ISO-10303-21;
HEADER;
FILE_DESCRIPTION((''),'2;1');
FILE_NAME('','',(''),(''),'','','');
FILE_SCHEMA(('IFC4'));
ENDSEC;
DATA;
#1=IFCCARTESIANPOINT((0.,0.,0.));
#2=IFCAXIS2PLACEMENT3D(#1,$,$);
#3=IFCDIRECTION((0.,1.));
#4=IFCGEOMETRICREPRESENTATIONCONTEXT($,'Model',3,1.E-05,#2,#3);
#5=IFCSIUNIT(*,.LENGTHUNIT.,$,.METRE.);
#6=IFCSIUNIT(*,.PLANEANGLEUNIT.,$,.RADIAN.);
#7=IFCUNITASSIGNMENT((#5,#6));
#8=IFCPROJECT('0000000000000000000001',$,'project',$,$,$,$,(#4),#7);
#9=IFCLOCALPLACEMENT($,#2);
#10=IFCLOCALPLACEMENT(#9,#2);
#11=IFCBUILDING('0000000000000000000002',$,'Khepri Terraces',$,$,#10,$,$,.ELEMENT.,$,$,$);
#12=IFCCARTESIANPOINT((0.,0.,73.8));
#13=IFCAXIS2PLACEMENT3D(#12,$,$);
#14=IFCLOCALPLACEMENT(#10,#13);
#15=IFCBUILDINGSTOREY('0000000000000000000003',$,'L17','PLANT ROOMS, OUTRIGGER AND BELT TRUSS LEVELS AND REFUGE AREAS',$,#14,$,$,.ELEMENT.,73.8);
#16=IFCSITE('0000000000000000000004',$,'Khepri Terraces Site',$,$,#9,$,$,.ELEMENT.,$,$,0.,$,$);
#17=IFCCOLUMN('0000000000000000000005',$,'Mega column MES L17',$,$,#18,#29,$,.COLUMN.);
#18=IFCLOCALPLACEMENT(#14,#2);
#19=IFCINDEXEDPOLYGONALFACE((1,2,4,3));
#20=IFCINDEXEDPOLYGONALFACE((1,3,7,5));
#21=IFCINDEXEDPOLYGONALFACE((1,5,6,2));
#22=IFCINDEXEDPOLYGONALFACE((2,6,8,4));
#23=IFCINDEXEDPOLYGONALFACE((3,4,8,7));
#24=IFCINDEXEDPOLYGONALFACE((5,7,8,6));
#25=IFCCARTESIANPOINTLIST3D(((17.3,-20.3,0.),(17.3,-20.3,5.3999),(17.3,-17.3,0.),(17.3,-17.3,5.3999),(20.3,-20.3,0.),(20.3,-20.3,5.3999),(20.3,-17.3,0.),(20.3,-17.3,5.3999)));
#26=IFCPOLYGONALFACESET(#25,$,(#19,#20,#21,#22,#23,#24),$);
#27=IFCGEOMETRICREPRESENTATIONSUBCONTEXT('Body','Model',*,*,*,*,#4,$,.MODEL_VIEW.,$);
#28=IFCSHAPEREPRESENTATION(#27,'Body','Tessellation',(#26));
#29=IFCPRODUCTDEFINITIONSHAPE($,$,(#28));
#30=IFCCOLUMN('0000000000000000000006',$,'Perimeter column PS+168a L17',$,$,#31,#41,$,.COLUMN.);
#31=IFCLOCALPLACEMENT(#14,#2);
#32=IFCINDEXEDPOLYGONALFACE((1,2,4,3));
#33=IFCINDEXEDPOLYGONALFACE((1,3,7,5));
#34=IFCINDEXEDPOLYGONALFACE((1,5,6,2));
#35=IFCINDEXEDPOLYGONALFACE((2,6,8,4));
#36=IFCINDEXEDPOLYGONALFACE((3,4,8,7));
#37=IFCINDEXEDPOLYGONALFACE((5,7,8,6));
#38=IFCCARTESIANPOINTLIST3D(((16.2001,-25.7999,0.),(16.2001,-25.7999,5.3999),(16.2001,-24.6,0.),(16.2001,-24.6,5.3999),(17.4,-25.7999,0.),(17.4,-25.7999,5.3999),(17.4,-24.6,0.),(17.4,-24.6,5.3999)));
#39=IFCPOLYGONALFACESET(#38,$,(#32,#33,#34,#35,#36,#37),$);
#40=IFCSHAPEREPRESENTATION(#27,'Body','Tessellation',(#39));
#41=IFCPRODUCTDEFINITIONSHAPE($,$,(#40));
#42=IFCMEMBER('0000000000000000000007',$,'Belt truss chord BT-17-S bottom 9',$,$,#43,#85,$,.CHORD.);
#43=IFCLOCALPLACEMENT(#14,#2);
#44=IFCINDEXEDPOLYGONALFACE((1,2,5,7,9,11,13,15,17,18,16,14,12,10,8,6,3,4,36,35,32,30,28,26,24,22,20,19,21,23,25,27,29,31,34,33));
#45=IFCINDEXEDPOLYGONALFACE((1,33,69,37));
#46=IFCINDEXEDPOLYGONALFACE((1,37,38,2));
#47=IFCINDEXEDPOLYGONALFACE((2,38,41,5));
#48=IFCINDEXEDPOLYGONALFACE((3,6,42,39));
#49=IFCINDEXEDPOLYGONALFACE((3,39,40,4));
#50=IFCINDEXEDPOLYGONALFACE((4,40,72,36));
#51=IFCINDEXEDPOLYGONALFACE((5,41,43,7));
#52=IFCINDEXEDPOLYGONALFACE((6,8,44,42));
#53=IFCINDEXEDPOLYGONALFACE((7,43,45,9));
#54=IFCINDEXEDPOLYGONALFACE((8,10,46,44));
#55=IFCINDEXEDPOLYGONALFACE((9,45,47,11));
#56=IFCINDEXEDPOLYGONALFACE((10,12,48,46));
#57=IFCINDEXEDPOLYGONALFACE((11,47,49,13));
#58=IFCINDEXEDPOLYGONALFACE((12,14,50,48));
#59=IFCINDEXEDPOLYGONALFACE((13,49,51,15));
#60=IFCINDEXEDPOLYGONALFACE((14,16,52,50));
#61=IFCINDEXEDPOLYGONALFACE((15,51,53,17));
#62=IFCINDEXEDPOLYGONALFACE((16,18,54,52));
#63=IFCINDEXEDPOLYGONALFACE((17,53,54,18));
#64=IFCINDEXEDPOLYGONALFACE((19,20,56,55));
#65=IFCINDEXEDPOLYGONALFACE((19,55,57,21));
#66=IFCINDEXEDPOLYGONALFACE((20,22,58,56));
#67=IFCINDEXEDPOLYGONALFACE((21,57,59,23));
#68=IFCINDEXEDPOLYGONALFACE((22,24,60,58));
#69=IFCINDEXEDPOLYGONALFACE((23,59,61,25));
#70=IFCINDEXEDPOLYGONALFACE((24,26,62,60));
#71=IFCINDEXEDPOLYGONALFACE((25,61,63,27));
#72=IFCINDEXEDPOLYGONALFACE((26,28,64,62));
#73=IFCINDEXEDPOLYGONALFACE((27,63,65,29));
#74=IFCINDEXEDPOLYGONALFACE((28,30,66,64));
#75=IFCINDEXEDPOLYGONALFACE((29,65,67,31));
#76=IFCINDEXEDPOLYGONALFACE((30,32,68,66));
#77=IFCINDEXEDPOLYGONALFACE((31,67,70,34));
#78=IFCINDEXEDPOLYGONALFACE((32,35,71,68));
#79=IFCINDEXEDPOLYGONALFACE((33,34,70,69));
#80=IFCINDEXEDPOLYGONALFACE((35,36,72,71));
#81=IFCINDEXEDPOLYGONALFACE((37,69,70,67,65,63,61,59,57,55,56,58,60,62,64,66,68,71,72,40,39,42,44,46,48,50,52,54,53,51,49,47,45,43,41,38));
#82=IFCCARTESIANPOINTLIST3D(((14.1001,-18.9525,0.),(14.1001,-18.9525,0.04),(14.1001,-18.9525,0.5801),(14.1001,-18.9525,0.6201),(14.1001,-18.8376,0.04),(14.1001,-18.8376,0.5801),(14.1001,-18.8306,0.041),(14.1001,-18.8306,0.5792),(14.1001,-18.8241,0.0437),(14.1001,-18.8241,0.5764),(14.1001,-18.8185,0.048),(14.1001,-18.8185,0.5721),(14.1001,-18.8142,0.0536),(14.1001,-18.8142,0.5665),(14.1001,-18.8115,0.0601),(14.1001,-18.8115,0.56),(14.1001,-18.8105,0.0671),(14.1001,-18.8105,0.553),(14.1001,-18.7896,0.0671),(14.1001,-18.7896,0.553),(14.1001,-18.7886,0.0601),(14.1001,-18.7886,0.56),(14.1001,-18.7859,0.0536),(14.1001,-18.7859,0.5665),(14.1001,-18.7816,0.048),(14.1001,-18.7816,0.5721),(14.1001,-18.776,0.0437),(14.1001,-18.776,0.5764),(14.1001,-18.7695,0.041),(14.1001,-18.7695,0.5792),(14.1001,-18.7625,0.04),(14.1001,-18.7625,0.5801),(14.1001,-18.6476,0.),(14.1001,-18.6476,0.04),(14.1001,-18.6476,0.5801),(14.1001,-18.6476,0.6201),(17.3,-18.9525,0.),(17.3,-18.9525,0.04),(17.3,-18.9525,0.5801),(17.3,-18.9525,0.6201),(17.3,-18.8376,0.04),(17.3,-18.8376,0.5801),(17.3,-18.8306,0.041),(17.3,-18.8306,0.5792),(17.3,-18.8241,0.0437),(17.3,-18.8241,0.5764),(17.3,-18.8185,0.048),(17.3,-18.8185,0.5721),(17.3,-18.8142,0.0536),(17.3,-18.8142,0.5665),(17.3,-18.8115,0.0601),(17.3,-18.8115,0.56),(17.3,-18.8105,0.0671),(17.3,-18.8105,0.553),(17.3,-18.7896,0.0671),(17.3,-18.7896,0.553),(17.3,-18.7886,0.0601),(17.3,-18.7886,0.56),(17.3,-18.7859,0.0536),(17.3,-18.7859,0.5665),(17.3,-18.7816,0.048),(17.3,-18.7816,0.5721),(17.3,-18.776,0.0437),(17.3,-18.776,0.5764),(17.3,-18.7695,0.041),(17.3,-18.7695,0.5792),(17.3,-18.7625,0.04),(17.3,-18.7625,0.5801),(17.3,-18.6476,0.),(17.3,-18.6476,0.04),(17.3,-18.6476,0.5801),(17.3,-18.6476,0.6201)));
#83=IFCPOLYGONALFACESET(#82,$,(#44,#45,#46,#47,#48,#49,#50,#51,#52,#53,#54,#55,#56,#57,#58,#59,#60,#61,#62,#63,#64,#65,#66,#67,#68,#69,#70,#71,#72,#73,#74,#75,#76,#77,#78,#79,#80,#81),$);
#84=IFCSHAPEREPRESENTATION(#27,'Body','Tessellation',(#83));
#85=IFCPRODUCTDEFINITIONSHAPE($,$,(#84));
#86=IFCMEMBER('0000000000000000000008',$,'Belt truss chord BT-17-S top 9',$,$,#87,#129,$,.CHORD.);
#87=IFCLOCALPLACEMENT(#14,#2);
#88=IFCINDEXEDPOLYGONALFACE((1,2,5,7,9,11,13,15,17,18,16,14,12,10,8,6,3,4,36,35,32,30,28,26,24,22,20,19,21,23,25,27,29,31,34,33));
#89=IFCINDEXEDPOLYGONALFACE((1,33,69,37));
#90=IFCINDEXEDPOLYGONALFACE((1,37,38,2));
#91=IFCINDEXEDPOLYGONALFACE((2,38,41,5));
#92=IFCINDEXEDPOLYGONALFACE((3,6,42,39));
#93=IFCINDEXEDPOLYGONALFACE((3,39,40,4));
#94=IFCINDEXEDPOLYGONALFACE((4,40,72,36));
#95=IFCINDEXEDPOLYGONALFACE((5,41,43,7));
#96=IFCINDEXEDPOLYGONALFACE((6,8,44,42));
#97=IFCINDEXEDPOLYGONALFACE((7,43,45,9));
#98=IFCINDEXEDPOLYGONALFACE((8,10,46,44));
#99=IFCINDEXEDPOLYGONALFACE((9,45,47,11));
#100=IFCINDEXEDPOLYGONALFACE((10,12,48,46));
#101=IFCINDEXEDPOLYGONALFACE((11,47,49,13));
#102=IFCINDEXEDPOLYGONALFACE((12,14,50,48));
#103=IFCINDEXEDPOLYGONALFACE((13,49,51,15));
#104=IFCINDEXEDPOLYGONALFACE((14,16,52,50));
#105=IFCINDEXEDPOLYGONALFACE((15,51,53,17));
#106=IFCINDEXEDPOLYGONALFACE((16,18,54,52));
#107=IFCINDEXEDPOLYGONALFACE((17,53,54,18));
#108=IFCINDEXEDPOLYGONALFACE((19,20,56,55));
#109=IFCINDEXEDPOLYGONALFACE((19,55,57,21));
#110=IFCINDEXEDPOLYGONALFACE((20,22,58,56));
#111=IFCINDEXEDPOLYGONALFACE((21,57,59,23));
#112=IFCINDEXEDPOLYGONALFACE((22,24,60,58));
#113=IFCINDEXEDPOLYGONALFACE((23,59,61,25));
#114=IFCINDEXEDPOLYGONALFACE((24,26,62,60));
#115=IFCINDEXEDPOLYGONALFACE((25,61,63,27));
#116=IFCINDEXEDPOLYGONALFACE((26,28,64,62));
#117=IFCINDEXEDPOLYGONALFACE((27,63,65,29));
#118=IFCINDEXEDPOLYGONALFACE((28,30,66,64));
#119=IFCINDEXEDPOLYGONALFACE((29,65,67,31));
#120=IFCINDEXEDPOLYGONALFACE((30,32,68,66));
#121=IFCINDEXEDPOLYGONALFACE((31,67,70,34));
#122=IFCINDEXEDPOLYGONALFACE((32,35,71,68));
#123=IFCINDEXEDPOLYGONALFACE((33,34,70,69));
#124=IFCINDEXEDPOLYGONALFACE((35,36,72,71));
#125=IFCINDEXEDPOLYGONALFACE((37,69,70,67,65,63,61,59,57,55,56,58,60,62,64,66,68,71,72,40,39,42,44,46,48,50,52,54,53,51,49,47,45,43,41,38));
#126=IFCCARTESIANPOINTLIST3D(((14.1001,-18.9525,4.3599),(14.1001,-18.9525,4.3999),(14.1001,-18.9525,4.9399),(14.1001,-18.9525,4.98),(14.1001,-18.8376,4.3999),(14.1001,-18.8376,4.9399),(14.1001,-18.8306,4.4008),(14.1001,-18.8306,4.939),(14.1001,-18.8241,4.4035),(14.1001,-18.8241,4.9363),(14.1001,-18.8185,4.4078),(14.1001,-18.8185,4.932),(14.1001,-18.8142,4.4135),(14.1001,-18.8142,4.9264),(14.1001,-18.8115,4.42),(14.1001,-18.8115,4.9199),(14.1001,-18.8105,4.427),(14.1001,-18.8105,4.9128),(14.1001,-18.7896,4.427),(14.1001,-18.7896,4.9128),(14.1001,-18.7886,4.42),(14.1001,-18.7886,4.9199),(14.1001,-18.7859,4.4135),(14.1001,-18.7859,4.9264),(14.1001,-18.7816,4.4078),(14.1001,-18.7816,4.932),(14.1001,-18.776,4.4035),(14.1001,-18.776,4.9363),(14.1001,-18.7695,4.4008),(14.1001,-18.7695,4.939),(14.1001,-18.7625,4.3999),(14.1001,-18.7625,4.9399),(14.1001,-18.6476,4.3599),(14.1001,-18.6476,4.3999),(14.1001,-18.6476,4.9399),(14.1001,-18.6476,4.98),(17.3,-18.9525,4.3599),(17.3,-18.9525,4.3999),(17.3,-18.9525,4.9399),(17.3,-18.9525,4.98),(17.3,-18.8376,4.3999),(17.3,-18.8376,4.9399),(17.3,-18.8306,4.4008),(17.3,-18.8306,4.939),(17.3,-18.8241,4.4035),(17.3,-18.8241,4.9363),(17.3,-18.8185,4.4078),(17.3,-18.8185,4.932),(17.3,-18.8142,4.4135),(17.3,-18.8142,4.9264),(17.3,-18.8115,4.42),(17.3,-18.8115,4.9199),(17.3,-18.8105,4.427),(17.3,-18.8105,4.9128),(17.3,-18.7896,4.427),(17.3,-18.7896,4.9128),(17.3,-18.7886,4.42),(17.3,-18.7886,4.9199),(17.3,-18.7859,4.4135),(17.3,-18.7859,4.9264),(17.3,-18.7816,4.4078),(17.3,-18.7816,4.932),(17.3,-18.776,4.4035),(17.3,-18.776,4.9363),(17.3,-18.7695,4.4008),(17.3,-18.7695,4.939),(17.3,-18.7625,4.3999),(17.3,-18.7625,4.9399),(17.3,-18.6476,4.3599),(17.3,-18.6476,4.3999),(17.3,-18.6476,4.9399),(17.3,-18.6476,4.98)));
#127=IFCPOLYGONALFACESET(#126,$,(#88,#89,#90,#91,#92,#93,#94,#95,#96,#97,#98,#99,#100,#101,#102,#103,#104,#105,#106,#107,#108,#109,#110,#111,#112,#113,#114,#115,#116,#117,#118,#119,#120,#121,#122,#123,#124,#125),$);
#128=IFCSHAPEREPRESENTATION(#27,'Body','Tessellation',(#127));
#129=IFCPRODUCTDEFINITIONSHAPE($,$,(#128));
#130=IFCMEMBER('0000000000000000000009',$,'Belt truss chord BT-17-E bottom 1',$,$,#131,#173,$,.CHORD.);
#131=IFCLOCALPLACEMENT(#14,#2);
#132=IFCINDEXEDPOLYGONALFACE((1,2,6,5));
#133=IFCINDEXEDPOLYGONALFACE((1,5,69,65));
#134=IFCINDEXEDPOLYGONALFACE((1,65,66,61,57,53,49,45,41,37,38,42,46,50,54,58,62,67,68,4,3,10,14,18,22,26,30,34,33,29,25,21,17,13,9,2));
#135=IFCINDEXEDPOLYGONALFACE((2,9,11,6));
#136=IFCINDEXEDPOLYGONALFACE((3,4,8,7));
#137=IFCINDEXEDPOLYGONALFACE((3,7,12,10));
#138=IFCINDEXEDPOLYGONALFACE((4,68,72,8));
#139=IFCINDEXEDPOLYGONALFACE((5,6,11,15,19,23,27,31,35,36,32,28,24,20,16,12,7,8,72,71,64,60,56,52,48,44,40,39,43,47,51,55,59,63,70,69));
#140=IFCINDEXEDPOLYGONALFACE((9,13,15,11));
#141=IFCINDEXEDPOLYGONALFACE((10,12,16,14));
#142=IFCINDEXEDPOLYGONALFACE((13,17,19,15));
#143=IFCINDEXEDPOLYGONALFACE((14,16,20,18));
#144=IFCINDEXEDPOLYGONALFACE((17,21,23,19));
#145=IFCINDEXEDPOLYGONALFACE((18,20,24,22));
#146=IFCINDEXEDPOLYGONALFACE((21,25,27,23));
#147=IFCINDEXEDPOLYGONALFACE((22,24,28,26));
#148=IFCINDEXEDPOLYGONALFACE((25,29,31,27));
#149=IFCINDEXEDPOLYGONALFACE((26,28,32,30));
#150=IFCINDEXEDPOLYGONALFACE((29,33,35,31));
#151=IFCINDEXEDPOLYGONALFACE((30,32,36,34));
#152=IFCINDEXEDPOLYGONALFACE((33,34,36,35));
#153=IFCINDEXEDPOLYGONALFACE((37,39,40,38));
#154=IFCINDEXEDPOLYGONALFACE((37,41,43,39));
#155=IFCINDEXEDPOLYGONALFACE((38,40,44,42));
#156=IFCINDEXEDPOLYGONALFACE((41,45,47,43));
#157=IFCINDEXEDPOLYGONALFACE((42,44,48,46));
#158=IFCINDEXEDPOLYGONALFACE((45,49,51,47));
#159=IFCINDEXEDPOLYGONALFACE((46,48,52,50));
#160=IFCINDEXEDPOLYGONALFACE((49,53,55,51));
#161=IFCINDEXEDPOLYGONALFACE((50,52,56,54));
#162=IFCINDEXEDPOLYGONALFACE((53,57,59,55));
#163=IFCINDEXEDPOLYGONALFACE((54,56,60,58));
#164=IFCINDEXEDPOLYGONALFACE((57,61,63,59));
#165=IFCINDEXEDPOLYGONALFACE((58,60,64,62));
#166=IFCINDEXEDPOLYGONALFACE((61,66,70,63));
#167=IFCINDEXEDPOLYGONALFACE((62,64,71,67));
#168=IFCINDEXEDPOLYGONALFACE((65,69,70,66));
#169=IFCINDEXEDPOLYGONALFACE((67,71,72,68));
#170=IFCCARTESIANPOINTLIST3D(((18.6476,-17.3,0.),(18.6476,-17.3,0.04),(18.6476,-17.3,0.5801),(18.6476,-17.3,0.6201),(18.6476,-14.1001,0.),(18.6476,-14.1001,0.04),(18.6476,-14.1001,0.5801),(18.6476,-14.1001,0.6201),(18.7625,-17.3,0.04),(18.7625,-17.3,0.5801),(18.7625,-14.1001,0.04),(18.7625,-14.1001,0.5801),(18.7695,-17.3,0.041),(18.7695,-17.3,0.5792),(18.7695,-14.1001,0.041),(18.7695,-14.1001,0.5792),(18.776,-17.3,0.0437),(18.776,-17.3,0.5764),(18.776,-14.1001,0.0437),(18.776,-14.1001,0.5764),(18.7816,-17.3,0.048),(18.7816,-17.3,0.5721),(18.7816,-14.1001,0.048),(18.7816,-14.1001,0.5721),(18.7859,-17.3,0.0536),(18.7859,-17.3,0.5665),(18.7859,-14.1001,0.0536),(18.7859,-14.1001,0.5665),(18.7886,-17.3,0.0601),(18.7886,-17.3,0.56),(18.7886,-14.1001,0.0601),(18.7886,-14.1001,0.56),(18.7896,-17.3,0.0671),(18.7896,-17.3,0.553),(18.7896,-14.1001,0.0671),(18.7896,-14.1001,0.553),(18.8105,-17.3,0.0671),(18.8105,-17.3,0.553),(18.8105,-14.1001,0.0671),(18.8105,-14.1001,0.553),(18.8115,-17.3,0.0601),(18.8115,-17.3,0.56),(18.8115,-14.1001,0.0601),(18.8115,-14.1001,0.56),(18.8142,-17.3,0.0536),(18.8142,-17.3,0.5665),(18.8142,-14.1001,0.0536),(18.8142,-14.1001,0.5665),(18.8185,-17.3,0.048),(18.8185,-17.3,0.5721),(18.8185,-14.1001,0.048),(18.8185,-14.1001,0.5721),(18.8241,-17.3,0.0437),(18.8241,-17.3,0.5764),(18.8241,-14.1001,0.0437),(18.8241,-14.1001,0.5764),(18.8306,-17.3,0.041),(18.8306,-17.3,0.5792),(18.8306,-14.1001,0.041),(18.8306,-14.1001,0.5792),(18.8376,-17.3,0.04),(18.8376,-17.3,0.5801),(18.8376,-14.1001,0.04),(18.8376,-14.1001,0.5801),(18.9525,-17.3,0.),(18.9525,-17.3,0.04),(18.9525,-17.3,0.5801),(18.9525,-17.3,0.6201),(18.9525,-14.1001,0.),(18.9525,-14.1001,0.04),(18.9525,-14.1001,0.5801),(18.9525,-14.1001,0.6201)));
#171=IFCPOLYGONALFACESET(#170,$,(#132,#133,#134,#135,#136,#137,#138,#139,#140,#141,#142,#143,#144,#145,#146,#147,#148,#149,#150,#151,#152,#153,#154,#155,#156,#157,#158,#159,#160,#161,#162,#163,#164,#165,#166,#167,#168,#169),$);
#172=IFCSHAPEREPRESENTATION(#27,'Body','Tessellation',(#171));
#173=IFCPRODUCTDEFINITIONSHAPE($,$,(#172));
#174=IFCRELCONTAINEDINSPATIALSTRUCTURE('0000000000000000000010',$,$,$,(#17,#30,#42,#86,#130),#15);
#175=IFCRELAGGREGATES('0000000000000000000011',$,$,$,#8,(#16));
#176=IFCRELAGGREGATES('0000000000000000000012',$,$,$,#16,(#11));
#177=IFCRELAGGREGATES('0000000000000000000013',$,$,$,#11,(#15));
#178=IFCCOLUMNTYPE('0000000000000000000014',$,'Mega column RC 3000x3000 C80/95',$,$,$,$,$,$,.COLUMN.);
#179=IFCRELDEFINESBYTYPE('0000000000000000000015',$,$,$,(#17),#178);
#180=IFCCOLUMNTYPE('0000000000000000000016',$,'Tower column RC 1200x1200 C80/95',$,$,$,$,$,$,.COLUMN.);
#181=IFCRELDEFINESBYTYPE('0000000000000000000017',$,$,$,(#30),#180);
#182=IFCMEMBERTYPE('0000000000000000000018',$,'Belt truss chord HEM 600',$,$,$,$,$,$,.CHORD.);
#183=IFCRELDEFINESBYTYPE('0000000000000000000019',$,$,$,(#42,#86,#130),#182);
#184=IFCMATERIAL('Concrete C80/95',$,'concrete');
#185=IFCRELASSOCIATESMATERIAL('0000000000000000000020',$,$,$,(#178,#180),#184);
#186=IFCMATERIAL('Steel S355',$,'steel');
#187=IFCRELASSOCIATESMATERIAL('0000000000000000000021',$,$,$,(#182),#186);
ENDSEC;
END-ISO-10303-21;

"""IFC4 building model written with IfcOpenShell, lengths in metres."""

from ifc_helpers import new_model, si_unit, direction, frame, origin, origin_2d, place, context, subcontext, project, spatial, rectangle, i_section, extrude, material, material_profile, profile_set, type_object, element, save


model = new_model("IFC4")

# Units and contexts
model_context = context("Model", 3, precision=1e-05, world=origin(), true_north=direction((0.0, 1.0)))
body_context = subcontext(model_context, "Body", "Model", "MODEL_VIEW")
ifc_project = project(units=[si_unit("LENGTHUNIT", "METRE"), si_unit("PLANEANGLEUNIT", "RADIAN")], contexts=[model_context])

# Site, building, storey
site_placement = place(None, origin())
site = spatial("IfcSite", under=ifc_project, at=site_placement, Name="Khepri Terraces Site", CompositionType="ELEMENT", RefElevation=0.0)
building_placement = place(site_placement, origin())
building = spatial("IfcBuilding", under=site, at=building_placement, Name="Khepri Terraces", CompositionType="ELEMENT")
storey_placement = place(building_placement, frame((0.0, 0.0, 73.8)))
storey = spatial("IfcBuildingStorey", under=building, at=storey_placement, Name="L17", Description="PLANT ROOMS, OUTRIGGER AND BELT TRUSS LEVELS AND REFUGE AREAS", CompositionType="ELEMENT", Elevation=73.8)

# Columns
ifc_material_1 = material(Name="Concrete C80/95", Category="concrete")
ifc_material_profile_1 = material_profile(ifc_material_1, rectangle(XDim=3.0, YDim=3.0, at=origin_2d()), Name="Concrete C80/95", Category="concrete")
ifc_profile_set_1 = profile_set([ifc_material_profile_1], Name="Concrete C80/95")
column_type_1 = type_object("IfcColumnType", Name="Mega column RC 3000x3000 C80/95", PredefinedType="COLUMN", material=ifc_profile_set_1)
column_1_placement = place(storey_placement, frame((18.8, -18.8, 0.0), z_axis=(0.0, 0.0, 1.0), x_axis=(1.0, 0.0, 0.0)))
element("IfcColumn", 1, at=column_1_placement, inside=storey, type_object=column_type_1, Name="Mega column MES L17", PredefinedType="COLUMN", context=body_context, shape_type="SweptSolid", body=[
    extrude(rectangle(XDim=3.0, YDim=3.0, at=origin_2d()), origin(), (0.0, 0.0, 1.0), 5.3999),
])
ifc_material_profile_2 = material_profile(ifc_material_1, rectangle(XDim=1.2, YDim=1.2, at=origin_2d()), Name="Concrete C80/95", Category="concrete")
ifc_profile_set_2 = profile_set([ifc_material_profile_2], Name="Concrete C80/95")
column_type_2 = type_object("IfcColumnType", Name="Tower column RC 1200x1200 C80/95", PredefinedType="COLUMN", material=ifc_profile_set_2)
column_2_placement = place(storey_placement, frame((16.8, -25.2, 0.0), z_axis=(0.0, 0.0, 1.0), x_axis=(1.0, 0.0, 0.0)))
element("IfcColumn", 2, at=column_2_placement, inside=storey, type_object=column_type_2, Name="Perimeter column PS+168a L17", PredefinedType="COLUMN", context=body_context, shape_type="SweptSolid", body=[
    extrude(rectangle(XDim=1.2, YDim=1.2, at=origin_2d()), origin(), (0.0, 0.0, 1.0), 5.3999),
])

# Members
ifc_material_2 = material(Name="Steel S355", Category="steel")
ifc_material_profile_3 = material_profile(ifc_material_2, i_section(OverallWidth=0.3049, OverallDepth=0.6201, WebThickness=0.021, FlangeThickness=0.04, FilletRadius=0.0271, at=origin_2d()), Name="Steel S355", Category="steel")
ifc_profile_set_3 = profile_set([ifc_material_profile_3], Name="Steel S355")
member_type_1 = type_object("IfcMemberType", Name="Belt truss chord HEM 600", PredefinedType="CHORD", material=ifc_profile_set_3)
for number, where, z_axis, x_axis, name in (
    (3, (14.1001, -18.8, 0.3101), (1.0, 0.0, 0.0), (0.0, 1.0, 0.0), "Belt truss chord BT-17-S bottom 9"),
    (4, (14.1001, -18.8, 4.6699), (1.0, 0.0, 0.0), (0.0, 1.0, 0.0), "Belt truss chord BT-17-S top 9"),
    (5, (18.8, -17.3, 0.3101), (0.0, 1.0, 0.0), (-1.0, 0.0, 0.0), "Belt truss chord BT-17-E bottom 1"),
):
    element("IfcMember", number, at=place(storey_placement, frame(where, z_axis=z_axis, x_axis=x_axis)), inside=storey, type_object=member_type_1, Name=name, PredefinedType="CHORD", context=body_context, shape_type="SweptSolid", body=[
        extrude(i_section(OverallWidth=0.3049, OverallDepth=0.6201, WebThickness=0.021, FlangeThickness=0.04, FilletRadius=0.0271, at=origin_2d()), origin(), (0.0, 0.0, 1.0), 3.2),
    ])

save(model, "model.ifc")
